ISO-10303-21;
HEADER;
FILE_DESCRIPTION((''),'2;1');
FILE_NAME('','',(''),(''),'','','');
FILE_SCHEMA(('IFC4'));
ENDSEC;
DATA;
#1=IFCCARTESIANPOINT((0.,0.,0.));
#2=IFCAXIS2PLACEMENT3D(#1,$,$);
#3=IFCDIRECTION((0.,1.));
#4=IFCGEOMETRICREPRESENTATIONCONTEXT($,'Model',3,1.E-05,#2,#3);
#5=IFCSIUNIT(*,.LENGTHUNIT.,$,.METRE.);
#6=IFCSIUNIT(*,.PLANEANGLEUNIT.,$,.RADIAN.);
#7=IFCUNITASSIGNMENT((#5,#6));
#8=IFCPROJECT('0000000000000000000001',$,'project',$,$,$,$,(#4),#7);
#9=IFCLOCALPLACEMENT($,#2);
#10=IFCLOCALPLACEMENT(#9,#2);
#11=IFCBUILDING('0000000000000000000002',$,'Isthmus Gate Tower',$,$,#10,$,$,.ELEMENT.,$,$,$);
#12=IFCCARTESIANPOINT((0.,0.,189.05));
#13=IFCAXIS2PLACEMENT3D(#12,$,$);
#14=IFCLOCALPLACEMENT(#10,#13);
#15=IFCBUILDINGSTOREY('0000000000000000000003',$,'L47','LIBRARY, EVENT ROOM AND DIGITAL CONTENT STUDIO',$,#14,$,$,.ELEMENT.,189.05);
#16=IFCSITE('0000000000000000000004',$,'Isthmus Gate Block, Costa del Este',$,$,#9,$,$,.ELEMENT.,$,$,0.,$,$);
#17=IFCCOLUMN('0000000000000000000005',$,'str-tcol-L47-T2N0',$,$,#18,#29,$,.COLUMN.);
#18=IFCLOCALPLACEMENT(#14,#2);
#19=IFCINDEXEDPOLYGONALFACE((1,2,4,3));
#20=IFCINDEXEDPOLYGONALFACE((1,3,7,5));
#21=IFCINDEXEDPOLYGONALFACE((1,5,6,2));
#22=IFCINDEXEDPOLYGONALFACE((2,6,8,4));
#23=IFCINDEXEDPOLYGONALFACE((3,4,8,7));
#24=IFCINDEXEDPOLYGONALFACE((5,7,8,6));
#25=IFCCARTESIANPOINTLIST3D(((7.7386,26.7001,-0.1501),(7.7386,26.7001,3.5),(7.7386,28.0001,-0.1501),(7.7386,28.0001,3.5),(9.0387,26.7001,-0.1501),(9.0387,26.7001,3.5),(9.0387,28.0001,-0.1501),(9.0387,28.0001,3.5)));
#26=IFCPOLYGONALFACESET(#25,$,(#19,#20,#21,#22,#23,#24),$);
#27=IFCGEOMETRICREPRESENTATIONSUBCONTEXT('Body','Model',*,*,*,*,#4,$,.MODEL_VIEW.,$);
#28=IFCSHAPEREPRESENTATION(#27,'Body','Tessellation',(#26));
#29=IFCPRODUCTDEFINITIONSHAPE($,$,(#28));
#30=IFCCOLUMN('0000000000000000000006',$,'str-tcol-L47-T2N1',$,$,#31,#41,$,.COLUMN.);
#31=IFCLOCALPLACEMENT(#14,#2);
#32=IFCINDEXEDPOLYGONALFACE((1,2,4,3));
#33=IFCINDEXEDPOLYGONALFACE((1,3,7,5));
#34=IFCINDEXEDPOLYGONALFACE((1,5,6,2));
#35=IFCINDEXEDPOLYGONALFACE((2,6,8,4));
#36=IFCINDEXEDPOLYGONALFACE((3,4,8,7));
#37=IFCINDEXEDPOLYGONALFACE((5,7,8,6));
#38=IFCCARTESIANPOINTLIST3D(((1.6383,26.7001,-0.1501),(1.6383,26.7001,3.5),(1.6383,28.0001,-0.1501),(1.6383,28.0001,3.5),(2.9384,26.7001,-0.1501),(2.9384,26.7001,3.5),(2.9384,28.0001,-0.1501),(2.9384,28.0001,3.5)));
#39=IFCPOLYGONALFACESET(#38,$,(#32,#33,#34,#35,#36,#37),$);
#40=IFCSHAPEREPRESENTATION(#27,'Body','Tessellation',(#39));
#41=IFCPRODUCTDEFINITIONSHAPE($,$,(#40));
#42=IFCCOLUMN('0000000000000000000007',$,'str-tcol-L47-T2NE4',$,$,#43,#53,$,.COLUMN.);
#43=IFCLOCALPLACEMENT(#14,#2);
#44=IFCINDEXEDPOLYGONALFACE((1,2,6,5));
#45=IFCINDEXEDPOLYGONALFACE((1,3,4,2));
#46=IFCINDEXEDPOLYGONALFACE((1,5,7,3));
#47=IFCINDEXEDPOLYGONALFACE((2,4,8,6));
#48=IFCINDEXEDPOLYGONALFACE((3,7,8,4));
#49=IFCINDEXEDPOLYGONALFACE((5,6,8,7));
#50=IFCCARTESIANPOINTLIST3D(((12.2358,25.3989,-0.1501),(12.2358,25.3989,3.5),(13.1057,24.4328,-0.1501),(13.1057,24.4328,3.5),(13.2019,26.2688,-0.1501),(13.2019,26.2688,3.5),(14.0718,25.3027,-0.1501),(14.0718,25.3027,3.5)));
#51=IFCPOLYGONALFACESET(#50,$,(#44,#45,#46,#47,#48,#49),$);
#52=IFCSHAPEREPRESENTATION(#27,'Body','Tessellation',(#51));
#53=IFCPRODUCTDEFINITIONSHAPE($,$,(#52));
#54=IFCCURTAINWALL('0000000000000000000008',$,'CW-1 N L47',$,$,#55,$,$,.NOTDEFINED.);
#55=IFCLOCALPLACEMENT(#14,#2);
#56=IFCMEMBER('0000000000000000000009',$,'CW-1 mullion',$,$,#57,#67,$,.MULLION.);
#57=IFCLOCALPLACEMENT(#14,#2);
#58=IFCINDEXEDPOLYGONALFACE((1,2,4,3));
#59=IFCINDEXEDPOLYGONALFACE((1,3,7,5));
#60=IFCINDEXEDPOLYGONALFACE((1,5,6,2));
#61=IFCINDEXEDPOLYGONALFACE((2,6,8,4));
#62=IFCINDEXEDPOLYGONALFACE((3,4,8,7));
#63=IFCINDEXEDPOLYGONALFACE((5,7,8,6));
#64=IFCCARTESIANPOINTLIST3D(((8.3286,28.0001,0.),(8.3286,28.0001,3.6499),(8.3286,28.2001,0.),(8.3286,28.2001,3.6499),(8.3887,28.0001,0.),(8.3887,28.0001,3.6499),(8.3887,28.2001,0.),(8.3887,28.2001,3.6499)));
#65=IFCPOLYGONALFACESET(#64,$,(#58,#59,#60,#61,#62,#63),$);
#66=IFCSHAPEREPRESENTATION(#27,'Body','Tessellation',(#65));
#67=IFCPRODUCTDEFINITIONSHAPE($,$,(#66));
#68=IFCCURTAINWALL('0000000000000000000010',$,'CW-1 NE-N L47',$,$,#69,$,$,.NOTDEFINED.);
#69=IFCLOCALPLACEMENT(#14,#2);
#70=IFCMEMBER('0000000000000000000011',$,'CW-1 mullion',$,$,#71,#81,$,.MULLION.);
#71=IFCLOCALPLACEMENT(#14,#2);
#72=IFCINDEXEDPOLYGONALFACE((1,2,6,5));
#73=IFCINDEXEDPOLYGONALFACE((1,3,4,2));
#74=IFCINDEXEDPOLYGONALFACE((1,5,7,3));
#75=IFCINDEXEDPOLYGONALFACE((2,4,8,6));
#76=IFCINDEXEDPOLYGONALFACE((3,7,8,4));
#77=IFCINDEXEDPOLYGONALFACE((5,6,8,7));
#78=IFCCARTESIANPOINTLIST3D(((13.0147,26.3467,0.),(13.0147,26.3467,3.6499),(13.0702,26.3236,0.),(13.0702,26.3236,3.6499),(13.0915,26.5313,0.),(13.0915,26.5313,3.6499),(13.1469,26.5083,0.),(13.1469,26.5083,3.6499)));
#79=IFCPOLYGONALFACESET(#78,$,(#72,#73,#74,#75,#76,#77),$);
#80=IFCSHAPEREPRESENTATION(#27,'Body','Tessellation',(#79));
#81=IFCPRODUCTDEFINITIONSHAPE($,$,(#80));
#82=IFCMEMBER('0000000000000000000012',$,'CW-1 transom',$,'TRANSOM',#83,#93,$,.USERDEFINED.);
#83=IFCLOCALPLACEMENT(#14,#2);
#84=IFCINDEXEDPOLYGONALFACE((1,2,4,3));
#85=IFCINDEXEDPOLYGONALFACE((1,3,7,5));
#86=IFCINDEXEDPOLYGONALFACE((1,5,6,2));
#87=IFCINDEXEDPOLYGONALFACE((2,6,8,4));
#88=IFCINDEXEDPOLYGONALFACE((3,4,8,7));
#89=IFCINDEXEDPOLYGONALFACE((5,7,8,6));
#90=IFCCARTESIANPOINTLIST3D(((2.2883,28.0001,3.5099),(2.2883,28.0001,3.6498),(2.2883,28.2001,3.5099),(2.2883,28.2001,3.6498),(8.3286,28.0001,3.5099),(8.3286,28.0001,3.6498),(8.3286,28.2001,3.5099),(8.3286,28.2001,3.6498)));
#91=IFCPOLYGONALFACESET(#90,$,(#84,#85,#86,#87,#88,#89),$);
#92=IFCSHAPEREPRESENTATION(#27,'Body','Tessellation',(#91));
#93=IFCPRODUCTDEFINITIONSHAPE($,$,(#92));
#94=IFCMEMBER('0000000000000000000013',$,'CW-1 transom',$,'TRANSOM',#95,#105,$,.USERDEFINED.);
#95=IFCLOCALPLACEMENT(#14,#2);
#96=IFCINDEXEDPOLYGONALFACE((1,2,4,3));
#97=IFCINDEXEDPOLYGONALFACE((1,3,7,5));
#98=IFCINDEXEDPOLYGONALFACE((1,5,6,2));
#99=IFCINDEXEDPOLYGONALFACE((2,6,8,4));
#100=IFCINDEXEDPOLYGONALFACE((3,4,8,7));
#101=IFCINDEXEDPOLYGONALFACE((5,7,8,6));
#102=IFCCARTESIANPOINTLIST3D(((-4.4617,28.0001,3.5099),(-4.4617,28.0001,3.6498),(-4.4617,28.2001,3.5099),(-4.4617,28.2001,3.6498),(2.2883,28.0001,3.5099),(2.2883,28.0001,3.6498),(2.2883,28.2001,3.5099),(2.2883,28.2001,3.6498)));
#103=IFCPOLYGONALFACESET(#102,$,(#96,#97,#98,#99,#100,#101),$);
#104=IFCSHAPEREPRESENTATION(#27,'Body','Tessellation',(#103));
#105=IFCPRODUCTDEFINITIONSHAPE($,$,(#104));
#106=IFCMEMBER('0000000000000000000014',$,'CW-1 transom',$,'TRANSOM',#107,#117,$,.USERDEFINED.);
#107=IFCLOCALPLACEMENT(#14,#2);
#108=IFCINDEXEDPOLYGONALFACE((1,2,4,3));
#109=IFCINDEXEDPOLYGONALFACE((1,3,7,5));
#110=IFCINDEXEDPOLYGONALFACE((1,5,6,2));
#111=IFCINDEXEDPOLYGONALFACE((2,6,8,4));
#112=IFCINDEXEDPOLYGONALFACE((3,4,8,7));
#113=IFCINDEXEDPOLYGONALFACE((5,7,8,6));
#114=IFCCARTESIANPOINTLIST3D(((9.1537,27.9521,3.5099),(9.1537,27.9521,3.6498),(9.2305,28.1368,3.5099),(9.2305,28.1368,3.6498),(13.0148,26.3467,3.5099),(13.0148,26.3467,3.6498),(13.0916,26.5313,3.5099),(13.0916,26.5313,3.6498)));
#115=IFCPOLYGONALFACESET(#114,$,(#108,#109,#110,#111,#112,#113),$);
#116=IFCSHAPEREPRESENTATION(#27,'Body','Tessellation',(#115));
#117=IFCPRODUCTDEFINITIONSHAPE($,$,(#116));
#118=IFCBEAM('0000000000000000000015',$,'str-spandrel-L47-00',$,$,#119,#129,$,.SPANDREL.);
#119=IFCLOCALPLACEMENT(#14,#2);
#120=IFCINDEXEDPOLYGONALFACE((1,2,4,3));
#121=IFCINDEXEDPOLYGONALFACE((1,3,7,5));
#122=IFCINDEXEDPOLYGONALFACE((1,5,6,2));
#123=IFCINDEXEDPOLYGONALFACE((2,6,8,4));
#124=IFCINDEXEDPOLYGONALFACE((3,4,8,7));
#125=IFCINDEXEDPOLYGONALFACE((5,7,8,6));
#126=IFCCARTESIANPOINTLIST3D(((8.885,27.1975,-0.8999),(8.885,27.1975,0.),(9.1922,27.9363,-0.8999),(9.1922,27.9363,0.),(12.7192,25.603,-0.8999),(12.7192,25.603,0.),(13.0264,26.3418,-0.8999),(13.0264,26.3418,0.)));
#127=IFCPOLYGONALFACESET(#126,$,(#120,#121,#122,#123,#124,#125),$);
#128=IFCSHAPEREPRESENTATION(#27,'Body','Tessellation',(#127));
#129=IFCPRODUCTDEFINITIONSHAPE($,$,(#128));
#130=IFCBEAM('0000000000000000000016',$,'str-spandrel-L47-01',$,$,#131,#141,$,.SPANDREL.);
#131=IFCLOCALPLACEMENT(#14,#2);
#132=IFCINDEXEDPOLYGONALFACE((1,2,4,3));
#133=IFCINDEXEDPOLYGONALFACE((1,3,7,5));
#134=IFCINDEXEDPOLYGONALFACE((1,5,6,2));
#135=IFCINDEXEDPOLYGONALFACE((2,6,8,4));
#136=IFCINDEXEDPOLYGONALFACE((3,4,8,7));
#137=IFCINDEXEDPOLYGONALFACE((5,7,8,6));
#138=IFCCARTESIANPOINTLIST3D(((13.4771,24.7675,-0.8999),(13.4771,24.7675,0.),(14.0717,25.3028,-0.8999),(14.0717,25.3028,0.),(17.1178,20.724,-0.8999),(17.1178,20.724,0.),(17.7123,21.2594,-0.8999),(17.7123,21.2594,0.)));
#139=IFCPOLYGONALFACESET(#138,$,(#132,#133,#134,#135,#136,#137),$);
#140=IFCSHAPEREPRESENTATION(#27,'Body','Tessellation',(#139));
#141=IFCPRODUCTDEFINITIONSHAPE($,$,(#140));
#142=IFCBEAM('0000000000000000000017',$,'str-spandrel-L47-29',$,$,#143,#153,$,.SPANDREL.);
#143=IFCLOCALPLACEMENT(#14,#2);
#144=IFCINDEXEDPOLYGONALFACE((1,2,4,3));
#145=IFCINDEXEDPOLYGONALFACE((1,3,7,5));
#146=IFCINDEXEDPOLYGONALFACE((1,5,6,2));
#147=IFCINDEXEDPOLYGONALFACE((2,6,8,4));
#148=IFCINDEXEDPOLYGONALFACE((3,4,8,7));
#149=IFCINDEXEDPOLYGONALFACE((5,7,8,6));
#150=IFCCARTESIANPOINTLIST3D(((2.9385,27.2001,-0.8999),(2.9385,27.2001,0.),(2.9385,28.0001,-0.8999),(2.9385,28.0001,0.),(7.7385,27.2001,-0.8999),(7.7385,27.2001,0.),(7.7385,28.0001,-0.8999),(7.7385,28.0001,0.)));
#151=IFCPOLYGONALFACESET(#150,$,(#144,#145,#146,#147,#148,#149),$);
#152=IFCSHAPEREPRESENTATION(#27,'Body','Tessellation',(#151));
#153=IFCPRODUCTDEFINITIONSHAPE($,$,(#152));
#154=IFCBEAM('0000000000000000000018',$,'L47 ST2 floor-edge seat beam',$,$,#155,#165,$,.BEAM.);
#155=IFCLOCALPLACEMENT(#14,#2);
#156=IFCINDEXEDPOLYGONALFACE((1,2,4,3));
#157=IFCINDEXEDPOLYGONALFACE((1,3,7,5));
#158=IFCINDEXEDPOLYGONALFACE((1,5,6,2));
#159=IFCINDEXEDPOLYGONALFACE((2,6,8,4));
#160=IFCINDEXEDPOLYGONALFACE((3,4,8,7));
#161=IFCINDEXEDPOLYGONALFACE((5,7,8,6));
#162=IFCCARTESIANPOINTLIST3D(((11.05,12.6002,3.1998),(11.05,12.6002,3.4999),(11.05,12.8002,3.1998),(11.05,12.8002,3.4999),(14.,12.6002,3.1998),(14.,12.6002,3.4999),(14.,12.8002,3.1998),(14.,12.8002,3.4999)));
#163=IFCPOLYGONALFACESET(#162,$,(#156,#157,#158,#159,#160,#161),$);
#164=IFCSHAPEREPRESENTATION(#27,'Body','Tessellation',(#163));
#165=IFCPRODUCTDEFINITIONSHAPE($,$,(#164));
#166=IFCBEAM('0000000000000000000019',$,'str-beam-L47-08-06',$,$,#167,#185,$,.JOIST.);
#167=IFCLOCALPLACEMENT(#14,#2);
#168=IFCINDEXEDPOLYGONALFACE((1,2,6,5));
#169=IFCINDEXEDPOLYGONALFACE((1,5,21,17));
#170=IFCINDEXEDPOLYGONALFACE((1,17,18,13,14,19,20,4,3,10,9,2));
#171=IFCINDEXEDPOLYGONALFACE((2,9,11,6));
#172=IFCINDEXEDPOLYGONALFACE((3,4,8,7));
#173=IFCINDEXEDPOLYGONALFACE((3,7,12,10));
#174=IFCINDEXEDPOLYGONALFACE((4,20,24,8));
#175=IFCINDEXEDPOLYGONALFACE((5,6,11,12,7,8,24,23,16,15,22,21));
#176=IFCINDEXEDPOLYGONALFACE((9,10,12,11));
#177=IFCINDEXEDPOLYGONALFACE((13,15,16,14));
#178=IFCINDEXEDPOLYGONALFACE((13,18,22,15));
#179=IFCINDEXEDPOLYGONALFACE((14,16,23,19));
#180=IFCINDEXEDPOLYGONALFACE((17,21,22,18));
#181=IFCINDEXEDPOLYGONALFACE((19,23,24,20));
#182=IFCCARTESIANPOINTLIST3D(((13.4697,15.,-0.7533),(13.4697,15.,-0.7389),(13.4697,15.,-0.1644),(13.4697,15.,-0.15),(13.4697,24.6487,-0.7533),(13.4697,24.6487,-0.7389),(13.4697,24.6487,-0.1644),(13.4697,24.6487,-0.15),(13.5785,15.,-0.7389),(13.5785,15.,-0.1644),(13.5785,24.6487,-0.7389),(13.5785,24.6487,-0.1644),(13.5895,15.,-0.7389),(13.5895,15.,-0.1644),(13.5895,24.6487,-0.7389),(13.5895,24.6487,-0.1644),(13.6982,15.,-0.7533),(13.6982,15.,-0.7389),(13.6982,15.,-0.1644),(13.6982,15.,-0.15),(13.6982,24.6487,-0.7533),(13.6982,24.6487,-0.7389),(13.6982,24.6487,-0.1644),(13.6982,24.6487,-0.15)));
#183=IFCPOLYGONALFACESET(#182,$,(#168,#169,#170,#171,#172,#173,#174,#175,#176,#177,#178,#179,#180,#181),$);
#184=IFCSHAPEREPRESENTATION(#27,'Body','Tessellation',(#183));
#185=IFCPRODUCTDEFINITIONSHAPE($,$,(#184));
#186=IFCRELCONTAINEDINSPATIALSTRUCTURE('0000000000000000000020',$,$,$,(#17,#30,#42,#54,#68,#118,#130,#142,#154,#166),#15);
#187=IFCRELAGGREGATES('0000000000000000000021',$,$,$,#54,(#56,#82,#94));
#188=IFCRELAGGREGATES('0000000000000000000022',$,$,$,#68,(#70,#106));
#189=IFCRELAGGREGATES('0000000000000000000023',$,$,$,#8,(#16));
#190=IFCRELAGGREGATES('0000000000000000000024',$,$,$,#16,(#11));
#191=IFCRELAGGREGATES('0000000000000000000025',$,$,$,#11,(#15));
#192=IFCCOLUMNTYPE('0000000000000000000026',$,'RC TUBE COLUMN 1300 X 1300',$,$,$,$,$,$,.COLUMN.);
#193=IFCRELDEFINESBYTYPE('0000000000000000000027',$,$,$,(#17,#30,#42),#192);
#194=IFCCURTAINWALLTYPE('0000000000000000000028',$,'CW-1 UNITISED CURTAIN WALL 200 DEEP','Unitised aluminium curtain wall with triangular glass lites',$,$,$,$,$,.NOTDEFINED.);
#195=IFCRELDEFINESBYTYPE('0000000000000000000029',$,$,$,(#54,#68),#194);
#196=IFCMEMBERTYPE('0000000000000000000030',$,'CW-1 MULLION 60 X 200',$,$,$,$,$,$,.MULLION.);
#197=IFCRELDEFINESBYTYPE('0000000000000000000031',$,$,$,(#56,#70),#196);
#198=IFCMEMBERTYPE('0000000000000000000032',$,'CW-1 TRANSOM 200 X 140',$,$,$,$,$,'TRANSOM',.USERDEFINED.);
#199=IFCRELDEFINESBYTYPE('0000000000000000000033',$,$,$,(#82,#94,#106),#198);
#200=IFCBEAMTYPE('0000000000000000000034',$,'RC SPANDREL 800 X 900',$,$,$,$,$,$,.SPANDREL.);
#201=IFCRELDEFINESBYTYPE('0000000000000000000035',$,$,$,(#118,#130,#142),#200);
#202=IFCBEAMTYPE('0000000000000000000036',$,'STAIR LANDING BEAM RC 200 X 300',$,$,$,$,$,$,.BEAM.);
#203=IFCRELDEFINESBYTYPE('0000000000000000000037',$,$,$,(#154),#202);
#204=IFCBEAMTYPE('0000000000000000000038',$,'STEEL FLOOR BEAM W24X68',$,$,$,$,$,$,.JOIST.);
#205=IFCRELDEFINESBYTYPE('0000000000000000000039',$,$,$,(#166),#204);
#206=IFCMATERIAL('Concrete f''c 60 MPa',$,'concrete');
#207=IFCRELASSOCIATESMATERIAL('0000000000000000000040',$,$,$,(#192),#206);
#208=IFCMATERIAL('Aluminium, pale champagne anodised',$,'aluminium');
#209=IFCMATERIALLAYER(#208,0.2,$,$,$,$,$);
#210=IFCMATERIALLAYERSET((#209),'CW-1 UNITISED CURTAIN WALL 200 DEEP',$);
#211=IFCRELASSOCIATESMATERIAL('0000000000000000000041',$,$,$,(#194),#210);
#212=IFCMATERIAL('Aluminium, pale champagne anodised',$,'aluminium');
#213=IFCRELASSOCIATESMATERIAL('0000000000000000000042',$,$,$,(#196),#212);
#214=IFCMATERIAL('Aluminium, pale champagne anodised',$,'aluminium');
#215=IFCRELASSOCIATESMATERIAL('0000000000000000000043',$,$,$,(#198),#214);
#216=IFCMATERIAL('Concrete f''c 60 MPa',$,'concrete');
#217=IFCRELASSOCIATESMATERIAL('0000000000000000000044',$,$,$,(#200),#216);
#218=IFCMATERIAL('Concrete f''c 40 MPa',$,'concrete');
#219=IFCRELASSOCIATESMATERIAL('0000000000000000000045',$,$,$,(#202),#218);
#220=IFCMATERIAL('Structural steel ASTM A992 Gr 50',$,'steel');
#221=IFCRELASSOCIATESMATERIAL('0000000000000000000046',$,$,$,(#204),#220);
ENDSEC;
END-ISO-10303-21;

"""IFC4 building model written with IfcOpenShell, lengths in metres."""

from ifc_helpers import new_model, si_unit, direction, frame, origin, origin_2d, place, context, subcontext, project, spatial, rectangle, i_section, extrude, material, layer, layer_set, material_profile, profile_set, type_object, element, aggregate, save


model = new_model("IFC4")

# Units and contexts
model_context = context("Model", 3, precision=1e-05, world=origin(), true_north=direction((0.0, 1.0)))
body_context = subcontext(model_context, "Body", "Model", "MODEL_VIEW")
ifc_project = project(units=[si_unit("LENGTHUNIT", "METRE"), si_unit("PLANEANGLEUNIT", "RADIAN")], contexts=[model_context])

# Site, building, storey
site_placement = place(None, origin())
site = spatial("IfcSite", under=ifc_project, at=site_placement, Name="Isthmus Gate Block, Costa del Este", CompositionType="ELEMENT", RefElevation=0.0)
building_placement = place(site_placement, origin())
building = spatial("IfcBuilding", under=site, at=building_placement, Name="Isthmus Gate Tower", CompositionType="ELEMENT")
storey_placement = place(building_placement, frame((0.0, 0.0, 189.05)))
storey = spatial("IfcBuildingStorey", under=building, at=storey_placement, Name="L47", Description="LIBRARY, EVENT ROOM AND DIGITAL CONTENT STUDIO", CompositionType="ELEMENT", Elevation=189.05)

# Columns
ifc_material_1 = material(Name="Concrete f'c 60 MPa", Category="concrete")
ifc_material_profile_1 = material_profile(ifc_material_1, rectangle(XDim=1.3, YDim=1.3, at=origin_2d()), Name="RC 1300X1300")
ifc_profile_set_1 = profile_set([ifc_material_profile_1], Name="Concrete f'c 60 MPa")
column_type = type_object("IfcColumnType", Name="RC TUBE COLUMN 1300 X 1300", PredefinedType="COLUMN", material=ifc_profile_set_1)
for number, where, z_axis, x_axis, name in (
    (1, (8.3887, 27.3501, -0.1501), (0.0, 0.0, 1.0), (-1.0, 0.0, 0.0), "str-tcol-L47-T2N0"),
    (2, (2.2883, 27.3501, -0.1501), (0.0, 0.0, 1.0), (-1.0, 0.0, 0.0), "str-tcol-L47-T2N1"),
    (3, (13.1538, 25.3508, -0.1501), (0.0, 0.0, 1.0), (-0.669131, 0.743145, 0.0), "str-tcol-L47-T2NE4"),
):
    element("IfcColumn", number, at=place(storey_placement, frame(where, z_axis=z_axis, x_axis=x_axis)), inside=storey, type_object=column_type, Name=name, PredefinedType="COLUMN", context=body_context, shape_type="SweptSolid", body=[
        extrude(rectangle(XDim=1.3, YDim=1.3, at=origin_2d()), origin(), (0.0, 0.0, 1.0), 3.6501),
    ])

# Curtain walls, members
ifc_material_2 = material(Name="Aluminium, pale champagne anodised", Category="aluminium")
ifc_layer_1 = layer(ifc_material_2, 0.2)
ifc_layer_set_1 = layer_set([ifc_layer_1], Name="CW-1 UNITISED CURTAIN WALL 200 DEEP")
curtain_wall_type = type_object("IfcCurtainWallType", Name="CW-1 UNITISED CURTAIN WALL 200 DEEP", Description="Unitised aluminium curtain wall with triangular glass lites", PredefinedType="NOTDEFINED", material=ifc_layer_set_1)
curtain_wall_1_placement = place(storey_placement, origin())
curtain_wall_1 = element("IfcCurtainWall", 4, at=curtain_wall_1_placement, inside=storey, type_object=curtain_wall_type, Name="CW-1 N L47", PredefinedType="NOTDEFINED")
ifc_material_3 = material(Name="Aluminium, pale champagne anodised", Category="aluminium")
ifc_material_profile_2 = material_profile(ifc_material_3, rectangle(XDim=0.0601, YDim=0.2, at=origin_2d()), Name="60x200")
ifc_profile_set_2 = profile_set([ifc_material_profile_2], Name="Aluminium, pale champagne anodised")
member_type_1 = type_object("IfcMemberType", Name="CW-1 MULLION 60 X 200", PredefinedType="MULLION", material=ifc_profile_set_2)
member_1_placement = place(storey_placement, frame((8.3586, 28.1001, 0.0), z_axis=(0.0, 0.0, 1.0), x_axis=(-1.0, 0.0, 0.0)))
member_1 = element("IfcMember", 5, at=member_1_placement, type_object=member_type_1, Name="CW-1 mullion", PredefinedType="MULLION", context=body_context, shape_type="SweptSolid", body=[
    extrude(rectangle(XDim=0.0601, YDim=0.2, at=origin_2d()), origin(), (0.0, 0.0, 1.0), 3.6499),
])
curtain_wall_2_placement = place(storey_placement, origin())
curtain_wall_2 = element("IfcCurtainWall", 6, at=curtain_wall_2_placement, inside=storey, type_object=curtain_wall_type, Name="CW-1 NE-N L47", PredefinedType="NOTDEFINED")
member_2_placement = place(storey_placement, frame((13.0808, 26.4275, 0.0), z_axis=(0.0, 0.0, 1.0), x_axis=(-0.923353, 0.383952, 0.0)))
member_2 = element("IfcMember", 7, at=member_2_placement, type_object=member_type_1, Name="CW-1 mullion", PredefinedType="MULLION", context=body_context, shape_type="SweptSolid", body=[
    extrude(rectangle(XDim=0.0601, YDim=0.2, at=origin_2d()), origin(), (0.0, 0.0, 1.0), 3.6499),
])

# Members
ifc_material_4 = material(Name="Aluminium, pale champagne anodised", Category="aluminium")
ifc_material_profile_3 = material_profile(ifc_material_4, rectangle(XDim=0.2, YDim=0.1399, at=origin_2d()), Name="200x140")
ifc_profile_set_3 = profile_set([ifc_material_profile_3], Name="Aluminium, pale champagne anodised")
member_type_2 = type_object("IfcMemberType", Name="CW-1 TRANSOM 200 X 140", ElementType="TRANSOM", PredefinedType="USERDEFINED", material=ifc_profile_set_3)
member_3_placement = place(storey_placement, frame((8.3286, 28.1001, 3.5798), z_axis=(-1.0, 0.0, 0.0), x_axis=(0.0, -1.0, 0.0)))
member_3 = element("IfcMember", 8, at=member_3_placement, type_object=member_type_2, Name="CW-1 transom", ObjectType="TRANSOM", PredefinedType="USERDEFINED", context=body_context, shape_type="SweptSolid", body=[
    extrude(rectangle(XDim=0.2, YDim=0.1399, at=origin_2d()), origin(), (0.0, 0.0, 1.0), 6.0403),
])
member_4_placement = place(storey_placement, frame((2.2883, 28.1001, 3.5798), z_axis=(-1.0, 0.0, 0.0), x_axis=(0.0, -1.0, 0.0)))
member_4 = element("IfcMember", 9, at=member_4_placement, type_object=member_type_2, Name="CW-1 transom", ObjectType="TRANSOM", PredefinedType="USERDEFINED", context=body_context, shape_type="SweptSolid", body=[
    extrude(rectangle(XDim=0.2, YDim=0.1399, at=origin_2d()), origin(), (0.0, 0.0, 1.0), 6.75),
])
member_5_placement = place(storey_placement, frame((13.0532, 26.439, 3.5798), z_axis=(-0.923358, 0.38394, 0.0), x_axis=(-0.38394, -0.923358, 0.0)))
member_5 = element("IfcMember", 10, at=member_5_placement, type_object=member_type_2, Name="CW-1 transom", ObjectType="TRANSOM", PredefinedType="USERDEFINED", context=body_context, shape_type="SweptSolid", body=[
    extrude(rectangle(XDim=0.2, YDim=0.1399, at=origin_2d()), origin(), (0.0, 0.0, 1.0), 4.1816),
])

# Beams
ifc_material_5 = material(Name="Concrete f'c 60 MPa", Category="concrete")
ifc_material_profile_4 = material_profile(ifc_material_5, rectangle(XDim=0.8, YDim=0.8999, at=origin_2d()), Name="RC 800X900")
ifc_profile_set_4 = profile_set([ifc_material_profile_4], Name="Concrete f'c 60 MPa")
beam_type_1 = type_object("IfcBeamType", Name="RC SPANDREL 800 X 900", PredefinedType="SPANDREL", material=ifc_profile_set_4)
beam_1_placement = place(storey_placement, frame((9.0386, 27.5669, -0.45), z_axis=(0.923343, -0.383977, 0.0), x_axis=(0.383977, 0.923343, 0.0)))
element("IfcBeam", 11, at=beam_1_placement, inside=storey, type_object=beam_type_1, Name="str-spandrel-L47-00", PredefinedType="SPANDREL", context=body_context, shape_type="SweptSolid", body=[
    extrude(rectangle(XDim=0.8, YDim=0.8999, at=origin_2d()), origin(), (0.0, 0.0, 1.0), 4.1526),
])
beam_2_placement = place(storey_placement, frame((13.7744, 25.0352, -0.45), z_axis=(0.669118, -0.743156, 0.0), x_axis=(0.743156, 0.669118, 0.0)))
element("IfcBeam", 12, at=beam_2_placement, inside=storey, type_object=beam_type_1, Name="str-spandrel-L47-01", PredefinedType="SPANDREL", context=body_context, shape_type="SweptSolid", body=[
    extrude(rectangle(XDim=0.8, YDim=0.8999, at=origin_2d()), origin(), (0.0, 0.0, 1.0), 5.4409),
])
beam_3_placement = place(storey_placement, frame((2.9385, 27.6001, -0.45), z_axis=(1.0, 0.0, 0.0), x_axis=(0.0, 1.0, 0.0)))
element("IfcBeam", 13, at=beam_3_placement, inside=storey, type_object=beam_type_1, Name="str-spandrel-L47-29", PredefinedType="SPANDREL", context=body_context, shape_type="SweptSolid", body=[
    extrude(rectangle(XDim=0.8, YDim=0.8999, at=origin_2d()), origin(), (0.0, 0.0, 1.0), 4.8),
])
ifc_material_6 = material(Name="Concrete f'c 40 MPa", Category="concrete")
ifc_material_profile_5 = material_profile(ifc_material_6, rectangle(XDim=0.2, YDim=0.3, at=origin_2d()), Name="STAIR LANDING BEAM RC 200 X 300")
ifc_profile_set_5 = profile_set([ifc_material_profile_5], Name="Concrete f'c 40 MPa")
beam_type_2 = type_object("IfcBeamType", Name="STAIR LANDING BEAM RC 200 X 300", PredefinedType="BEAM", material=ifc_profile_set_5)
beam_4_placement = place(storey_placement, frame((11.05, 12.7002, 3.3499), z_axis=(1.0, 0.0, 0.0), x_axis=(0.0, 1.0, 0.0)))
element("IfcBeam", 14, at=beam_4_placement, inside=storey, type_object=beam_type_2, Name="L47 ST2 floor-edge seat beam", PredefinedType="BEAM", context=body_context, shape_type="SweptSolid", body=[
    extrude(rectangle(XDim=0.2, YDim=0.3, at=origin_2d()), origin(), (0.0, 0.0, 1.0), 2.95),
])
ifc_material_7 = material(Name="Structural steel ASTM A992 Gr 50", Category="steel")
ifc_material_profile_6 = material_profile(ifc_material_7, i_section(OverallWidth=0.2285, OverallDepth=0.6033, WebThickness=0.011, FlangeThickness=0.0144, at=origin_2d()), Name="W24X68")
ifc_profile_set_6 = profile_set([ifc_material_profile_6], Name="Structural steel ASTM A992 Gr 50")
beam_type_3 = type_object("IfcBeamType", Name="STEEL FLOOR BEAM W24X68", PredefinedType="JOIST", material=ifc_profile_set_6)
beam_5_placement = place(storey_placement, frame((13.584, 15.0, -0.4517), z_axis=(0.0, 1.0, 0.0), x_axis=(-1.0, 0.0, 0.0)))
element("IfcBeam", 15, at=beam_5_placement, inside=storey, type_object=beam_type_3, Name="str-beam-L47-08-06", PredefinedType="JOIST", context=body_context, shape_type="SweptSolid", body=[
    extrude(i_section(OverallWidth=0.2285, OverallDepth=0.6033, WebThickness=0.011, FlangeThickness=0.0144, at=origin_2d()), origin(), (0.0, 0.0, 1.0), 9.6487),
])

aggregate(curtain_wall_1, [member_1, member_3, member_4])
aggregate(curtain_wall_2, [member_2, member_5])

save(model, "model.ifc")
